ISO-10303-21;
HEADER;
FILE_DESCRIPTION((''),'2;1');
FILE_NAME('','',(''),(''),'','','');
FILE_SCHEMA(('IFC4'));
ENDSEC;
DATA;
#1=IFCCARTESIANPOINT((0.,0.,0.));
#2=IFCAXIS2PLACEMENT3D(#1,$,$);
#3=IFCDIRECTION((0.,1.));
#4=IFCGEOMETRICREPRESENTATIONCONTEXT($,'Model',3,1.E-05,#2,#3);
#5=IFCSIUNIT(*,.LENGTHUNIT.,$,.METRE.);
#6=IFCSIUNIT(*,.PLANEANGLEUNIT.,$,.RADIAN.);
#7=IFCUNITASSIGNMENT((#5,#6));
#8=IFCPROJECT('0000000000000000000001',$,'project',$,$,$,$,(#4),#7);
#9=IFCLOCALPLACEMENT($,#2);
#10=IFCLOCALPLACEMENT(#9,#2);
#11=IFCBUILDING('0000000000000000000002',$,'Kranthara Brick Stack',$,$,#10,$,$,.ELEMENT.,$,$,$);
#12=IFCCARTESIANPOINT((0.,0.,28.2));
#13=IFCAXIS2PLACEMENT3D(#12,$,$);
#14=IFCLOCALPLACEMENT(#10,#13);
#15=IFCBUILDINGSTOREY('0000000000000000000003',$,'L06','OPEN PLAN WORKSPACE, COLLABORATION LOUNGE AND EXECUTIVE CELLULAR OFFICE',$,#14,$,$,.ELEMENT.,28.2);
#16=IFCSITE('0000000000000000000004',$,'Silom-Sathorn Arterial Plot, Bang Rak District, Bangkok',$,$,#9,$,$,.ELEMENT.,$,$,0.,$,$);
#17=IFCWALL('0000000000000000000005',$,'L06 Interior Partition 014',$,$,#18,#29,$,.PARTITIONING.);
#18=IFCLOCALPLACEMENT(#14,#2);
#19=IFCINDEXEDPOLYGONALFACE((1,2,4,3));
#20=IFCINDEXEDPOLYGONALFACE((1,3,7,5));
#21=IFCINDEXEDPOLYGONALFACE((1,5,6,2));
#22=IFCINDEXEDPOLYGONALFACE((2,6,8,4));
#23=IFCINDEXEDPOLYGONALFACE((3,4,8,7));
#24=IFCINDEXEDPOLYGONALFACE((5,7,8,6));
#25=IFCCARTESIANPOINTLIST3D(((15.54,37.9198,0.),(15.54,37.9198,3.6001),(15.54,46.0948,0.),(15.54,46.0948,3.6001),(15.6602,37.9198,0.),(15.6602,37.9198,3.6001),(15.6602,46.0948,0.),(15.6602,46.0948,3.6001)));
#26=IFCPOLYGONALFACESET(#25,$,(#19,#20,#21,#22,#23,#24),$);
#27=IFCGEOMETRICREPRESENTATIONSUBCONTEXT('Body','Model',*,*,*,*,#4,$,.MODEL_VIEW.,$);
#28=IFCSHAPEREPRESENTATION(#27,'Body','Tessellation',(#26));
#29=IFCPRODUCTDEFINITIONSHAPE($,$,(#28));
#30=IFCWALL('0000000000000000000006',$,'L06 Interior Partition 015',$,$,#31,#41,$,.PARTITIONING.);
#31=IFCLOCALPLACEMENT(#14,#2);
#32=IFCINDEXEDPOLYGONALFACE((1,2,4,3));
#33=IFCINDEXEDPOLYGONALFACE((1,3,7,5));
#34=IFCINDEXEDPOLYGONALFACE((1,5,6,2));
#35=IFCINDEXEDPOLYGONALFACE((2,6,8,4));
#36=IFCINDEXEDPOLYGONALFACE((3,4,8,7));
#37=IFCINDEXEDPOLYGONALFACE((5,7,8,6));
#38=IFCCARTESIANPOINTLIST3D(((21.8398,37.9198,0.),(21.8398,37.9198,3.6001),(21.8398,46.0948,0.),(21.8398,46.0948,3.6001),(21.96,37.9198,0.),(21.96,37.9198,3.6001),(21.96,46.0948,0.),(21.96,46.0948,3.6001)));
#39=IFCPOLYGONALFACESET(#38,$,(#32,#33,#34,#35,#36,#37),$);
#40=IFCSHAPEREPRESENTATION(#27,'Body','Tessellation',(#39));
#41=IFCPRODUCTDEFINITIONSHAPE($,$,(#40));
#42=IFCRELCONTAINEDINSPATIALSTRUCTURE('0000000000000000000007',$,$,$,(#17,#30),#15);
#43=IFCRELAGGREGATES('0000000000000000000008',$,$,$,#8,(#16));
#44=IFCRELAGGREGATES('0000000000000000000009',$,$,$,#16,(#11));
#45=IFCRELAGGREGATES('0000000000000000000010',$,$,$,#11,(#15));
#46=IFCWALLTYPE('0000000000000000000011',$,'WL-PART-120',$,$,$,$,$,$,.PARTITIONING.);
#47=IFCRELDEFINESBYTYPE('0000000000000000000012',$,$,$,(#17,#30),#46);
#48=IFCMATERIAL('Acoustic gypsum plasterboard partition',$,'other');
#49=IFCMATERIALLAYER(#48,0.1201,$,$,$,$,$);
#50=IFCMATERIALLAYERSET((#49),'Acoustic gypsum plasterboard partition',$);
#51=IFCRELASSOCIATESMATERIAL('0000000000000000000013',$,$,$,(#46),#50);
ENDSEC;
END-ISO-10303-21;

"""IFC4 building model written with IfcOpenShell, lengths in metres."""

from ifc_helpers import new_model, si_unit, direction, frame, frame_2d, origin, place, context, subcontext, project, spatial, rectangle, extrude, material, layer, layer_set, type_object, element, save


model = new_model("IFC4")

# Units and contexts
model_context = context("Model", 3, precision=1e-05, world=origin(), true_north=direction((0.0, 1.0)))
body_context = subcontext(model_context, "Body", "Model", "MODEL_VIEW")
ifc_project = project(units=[si_unit("LENGTHUNIT", "METRE"), si_unit("PLANEANGLEUNIT", "RADIAN")], contexts=[model_context])

# Site, building, storey
site_placement = place(None, origin())
site = spatial("IfcSite", under=ifc_project, at=site_placement, Name="Silom-Sathorn Arterial Plot, Bang Rak District, Bangkok", CompositionType="ELEMENT", RefElevation=0.0)
building_placement = place(site_placement, origin())
building = spatial("IfcBuilding", under=site, at=building_placement, Name="Kranthara Brick Stack", CompositionType="ELEMENT")
storey_placement = place(building_placement, frame((0.0, 0.0, 28.2)))
storey = spatial("IfcBuildingStorey", under=building, at=storey_placement, Name="L06", Description="OPEN PLAN WORKSPACE, COLLABORATION LOUNGE AND EXECUTIVE CELLULAR OFFICE", CompositionType="ELEMENT", Elevation=28.2)

# Walls
ifc_material_1 = material(Name="Acoustic gypsum plasterboard partition", Category="other")
ifc_layer_1 = layer(ifc_material_1, 0.1201)
ifc_layer_set_1 = layer_set([ifc_layer_1], Name="Acoustic gypsum plasterboard partition")
wall_type_1 = type_object("IfcWallType", Name="WL-PART-120", PredefinedType="PARTITIONING", material=ifc_layer_set_1)
for number, where, z_axis, x_axis, name in (
    (1, (15.6001, 37.9199, 0.0), (0.0, 0.0, 1.0), (0.0, 1.0, 0.0), "L06 Interior Partition 014"),
    (2, (21.8999, 37.9199, 0.0), (0.0, 0.0, 1.0), (0.0, 1.0, 0.0), "L06 Interior Partition 015"),
):
    element("IfcWall", number, at=place(storey_placement, frame(where, z_axis=z_axis, x_axis=x_axis)), inside=storey, type_object=wall_type_1, Name=name, PredefinedType="PARTITIONING", context=body_context, shape_type="SweptSolid", body=[
        extrude(rectangle(XDim=8.175, YDim=0.1201, at=frame_2d((4.0874, 0.0))), origin(), (0.0, 0.0, 1.0), 3.6001),
    ])

save(model, "model.ifc")
